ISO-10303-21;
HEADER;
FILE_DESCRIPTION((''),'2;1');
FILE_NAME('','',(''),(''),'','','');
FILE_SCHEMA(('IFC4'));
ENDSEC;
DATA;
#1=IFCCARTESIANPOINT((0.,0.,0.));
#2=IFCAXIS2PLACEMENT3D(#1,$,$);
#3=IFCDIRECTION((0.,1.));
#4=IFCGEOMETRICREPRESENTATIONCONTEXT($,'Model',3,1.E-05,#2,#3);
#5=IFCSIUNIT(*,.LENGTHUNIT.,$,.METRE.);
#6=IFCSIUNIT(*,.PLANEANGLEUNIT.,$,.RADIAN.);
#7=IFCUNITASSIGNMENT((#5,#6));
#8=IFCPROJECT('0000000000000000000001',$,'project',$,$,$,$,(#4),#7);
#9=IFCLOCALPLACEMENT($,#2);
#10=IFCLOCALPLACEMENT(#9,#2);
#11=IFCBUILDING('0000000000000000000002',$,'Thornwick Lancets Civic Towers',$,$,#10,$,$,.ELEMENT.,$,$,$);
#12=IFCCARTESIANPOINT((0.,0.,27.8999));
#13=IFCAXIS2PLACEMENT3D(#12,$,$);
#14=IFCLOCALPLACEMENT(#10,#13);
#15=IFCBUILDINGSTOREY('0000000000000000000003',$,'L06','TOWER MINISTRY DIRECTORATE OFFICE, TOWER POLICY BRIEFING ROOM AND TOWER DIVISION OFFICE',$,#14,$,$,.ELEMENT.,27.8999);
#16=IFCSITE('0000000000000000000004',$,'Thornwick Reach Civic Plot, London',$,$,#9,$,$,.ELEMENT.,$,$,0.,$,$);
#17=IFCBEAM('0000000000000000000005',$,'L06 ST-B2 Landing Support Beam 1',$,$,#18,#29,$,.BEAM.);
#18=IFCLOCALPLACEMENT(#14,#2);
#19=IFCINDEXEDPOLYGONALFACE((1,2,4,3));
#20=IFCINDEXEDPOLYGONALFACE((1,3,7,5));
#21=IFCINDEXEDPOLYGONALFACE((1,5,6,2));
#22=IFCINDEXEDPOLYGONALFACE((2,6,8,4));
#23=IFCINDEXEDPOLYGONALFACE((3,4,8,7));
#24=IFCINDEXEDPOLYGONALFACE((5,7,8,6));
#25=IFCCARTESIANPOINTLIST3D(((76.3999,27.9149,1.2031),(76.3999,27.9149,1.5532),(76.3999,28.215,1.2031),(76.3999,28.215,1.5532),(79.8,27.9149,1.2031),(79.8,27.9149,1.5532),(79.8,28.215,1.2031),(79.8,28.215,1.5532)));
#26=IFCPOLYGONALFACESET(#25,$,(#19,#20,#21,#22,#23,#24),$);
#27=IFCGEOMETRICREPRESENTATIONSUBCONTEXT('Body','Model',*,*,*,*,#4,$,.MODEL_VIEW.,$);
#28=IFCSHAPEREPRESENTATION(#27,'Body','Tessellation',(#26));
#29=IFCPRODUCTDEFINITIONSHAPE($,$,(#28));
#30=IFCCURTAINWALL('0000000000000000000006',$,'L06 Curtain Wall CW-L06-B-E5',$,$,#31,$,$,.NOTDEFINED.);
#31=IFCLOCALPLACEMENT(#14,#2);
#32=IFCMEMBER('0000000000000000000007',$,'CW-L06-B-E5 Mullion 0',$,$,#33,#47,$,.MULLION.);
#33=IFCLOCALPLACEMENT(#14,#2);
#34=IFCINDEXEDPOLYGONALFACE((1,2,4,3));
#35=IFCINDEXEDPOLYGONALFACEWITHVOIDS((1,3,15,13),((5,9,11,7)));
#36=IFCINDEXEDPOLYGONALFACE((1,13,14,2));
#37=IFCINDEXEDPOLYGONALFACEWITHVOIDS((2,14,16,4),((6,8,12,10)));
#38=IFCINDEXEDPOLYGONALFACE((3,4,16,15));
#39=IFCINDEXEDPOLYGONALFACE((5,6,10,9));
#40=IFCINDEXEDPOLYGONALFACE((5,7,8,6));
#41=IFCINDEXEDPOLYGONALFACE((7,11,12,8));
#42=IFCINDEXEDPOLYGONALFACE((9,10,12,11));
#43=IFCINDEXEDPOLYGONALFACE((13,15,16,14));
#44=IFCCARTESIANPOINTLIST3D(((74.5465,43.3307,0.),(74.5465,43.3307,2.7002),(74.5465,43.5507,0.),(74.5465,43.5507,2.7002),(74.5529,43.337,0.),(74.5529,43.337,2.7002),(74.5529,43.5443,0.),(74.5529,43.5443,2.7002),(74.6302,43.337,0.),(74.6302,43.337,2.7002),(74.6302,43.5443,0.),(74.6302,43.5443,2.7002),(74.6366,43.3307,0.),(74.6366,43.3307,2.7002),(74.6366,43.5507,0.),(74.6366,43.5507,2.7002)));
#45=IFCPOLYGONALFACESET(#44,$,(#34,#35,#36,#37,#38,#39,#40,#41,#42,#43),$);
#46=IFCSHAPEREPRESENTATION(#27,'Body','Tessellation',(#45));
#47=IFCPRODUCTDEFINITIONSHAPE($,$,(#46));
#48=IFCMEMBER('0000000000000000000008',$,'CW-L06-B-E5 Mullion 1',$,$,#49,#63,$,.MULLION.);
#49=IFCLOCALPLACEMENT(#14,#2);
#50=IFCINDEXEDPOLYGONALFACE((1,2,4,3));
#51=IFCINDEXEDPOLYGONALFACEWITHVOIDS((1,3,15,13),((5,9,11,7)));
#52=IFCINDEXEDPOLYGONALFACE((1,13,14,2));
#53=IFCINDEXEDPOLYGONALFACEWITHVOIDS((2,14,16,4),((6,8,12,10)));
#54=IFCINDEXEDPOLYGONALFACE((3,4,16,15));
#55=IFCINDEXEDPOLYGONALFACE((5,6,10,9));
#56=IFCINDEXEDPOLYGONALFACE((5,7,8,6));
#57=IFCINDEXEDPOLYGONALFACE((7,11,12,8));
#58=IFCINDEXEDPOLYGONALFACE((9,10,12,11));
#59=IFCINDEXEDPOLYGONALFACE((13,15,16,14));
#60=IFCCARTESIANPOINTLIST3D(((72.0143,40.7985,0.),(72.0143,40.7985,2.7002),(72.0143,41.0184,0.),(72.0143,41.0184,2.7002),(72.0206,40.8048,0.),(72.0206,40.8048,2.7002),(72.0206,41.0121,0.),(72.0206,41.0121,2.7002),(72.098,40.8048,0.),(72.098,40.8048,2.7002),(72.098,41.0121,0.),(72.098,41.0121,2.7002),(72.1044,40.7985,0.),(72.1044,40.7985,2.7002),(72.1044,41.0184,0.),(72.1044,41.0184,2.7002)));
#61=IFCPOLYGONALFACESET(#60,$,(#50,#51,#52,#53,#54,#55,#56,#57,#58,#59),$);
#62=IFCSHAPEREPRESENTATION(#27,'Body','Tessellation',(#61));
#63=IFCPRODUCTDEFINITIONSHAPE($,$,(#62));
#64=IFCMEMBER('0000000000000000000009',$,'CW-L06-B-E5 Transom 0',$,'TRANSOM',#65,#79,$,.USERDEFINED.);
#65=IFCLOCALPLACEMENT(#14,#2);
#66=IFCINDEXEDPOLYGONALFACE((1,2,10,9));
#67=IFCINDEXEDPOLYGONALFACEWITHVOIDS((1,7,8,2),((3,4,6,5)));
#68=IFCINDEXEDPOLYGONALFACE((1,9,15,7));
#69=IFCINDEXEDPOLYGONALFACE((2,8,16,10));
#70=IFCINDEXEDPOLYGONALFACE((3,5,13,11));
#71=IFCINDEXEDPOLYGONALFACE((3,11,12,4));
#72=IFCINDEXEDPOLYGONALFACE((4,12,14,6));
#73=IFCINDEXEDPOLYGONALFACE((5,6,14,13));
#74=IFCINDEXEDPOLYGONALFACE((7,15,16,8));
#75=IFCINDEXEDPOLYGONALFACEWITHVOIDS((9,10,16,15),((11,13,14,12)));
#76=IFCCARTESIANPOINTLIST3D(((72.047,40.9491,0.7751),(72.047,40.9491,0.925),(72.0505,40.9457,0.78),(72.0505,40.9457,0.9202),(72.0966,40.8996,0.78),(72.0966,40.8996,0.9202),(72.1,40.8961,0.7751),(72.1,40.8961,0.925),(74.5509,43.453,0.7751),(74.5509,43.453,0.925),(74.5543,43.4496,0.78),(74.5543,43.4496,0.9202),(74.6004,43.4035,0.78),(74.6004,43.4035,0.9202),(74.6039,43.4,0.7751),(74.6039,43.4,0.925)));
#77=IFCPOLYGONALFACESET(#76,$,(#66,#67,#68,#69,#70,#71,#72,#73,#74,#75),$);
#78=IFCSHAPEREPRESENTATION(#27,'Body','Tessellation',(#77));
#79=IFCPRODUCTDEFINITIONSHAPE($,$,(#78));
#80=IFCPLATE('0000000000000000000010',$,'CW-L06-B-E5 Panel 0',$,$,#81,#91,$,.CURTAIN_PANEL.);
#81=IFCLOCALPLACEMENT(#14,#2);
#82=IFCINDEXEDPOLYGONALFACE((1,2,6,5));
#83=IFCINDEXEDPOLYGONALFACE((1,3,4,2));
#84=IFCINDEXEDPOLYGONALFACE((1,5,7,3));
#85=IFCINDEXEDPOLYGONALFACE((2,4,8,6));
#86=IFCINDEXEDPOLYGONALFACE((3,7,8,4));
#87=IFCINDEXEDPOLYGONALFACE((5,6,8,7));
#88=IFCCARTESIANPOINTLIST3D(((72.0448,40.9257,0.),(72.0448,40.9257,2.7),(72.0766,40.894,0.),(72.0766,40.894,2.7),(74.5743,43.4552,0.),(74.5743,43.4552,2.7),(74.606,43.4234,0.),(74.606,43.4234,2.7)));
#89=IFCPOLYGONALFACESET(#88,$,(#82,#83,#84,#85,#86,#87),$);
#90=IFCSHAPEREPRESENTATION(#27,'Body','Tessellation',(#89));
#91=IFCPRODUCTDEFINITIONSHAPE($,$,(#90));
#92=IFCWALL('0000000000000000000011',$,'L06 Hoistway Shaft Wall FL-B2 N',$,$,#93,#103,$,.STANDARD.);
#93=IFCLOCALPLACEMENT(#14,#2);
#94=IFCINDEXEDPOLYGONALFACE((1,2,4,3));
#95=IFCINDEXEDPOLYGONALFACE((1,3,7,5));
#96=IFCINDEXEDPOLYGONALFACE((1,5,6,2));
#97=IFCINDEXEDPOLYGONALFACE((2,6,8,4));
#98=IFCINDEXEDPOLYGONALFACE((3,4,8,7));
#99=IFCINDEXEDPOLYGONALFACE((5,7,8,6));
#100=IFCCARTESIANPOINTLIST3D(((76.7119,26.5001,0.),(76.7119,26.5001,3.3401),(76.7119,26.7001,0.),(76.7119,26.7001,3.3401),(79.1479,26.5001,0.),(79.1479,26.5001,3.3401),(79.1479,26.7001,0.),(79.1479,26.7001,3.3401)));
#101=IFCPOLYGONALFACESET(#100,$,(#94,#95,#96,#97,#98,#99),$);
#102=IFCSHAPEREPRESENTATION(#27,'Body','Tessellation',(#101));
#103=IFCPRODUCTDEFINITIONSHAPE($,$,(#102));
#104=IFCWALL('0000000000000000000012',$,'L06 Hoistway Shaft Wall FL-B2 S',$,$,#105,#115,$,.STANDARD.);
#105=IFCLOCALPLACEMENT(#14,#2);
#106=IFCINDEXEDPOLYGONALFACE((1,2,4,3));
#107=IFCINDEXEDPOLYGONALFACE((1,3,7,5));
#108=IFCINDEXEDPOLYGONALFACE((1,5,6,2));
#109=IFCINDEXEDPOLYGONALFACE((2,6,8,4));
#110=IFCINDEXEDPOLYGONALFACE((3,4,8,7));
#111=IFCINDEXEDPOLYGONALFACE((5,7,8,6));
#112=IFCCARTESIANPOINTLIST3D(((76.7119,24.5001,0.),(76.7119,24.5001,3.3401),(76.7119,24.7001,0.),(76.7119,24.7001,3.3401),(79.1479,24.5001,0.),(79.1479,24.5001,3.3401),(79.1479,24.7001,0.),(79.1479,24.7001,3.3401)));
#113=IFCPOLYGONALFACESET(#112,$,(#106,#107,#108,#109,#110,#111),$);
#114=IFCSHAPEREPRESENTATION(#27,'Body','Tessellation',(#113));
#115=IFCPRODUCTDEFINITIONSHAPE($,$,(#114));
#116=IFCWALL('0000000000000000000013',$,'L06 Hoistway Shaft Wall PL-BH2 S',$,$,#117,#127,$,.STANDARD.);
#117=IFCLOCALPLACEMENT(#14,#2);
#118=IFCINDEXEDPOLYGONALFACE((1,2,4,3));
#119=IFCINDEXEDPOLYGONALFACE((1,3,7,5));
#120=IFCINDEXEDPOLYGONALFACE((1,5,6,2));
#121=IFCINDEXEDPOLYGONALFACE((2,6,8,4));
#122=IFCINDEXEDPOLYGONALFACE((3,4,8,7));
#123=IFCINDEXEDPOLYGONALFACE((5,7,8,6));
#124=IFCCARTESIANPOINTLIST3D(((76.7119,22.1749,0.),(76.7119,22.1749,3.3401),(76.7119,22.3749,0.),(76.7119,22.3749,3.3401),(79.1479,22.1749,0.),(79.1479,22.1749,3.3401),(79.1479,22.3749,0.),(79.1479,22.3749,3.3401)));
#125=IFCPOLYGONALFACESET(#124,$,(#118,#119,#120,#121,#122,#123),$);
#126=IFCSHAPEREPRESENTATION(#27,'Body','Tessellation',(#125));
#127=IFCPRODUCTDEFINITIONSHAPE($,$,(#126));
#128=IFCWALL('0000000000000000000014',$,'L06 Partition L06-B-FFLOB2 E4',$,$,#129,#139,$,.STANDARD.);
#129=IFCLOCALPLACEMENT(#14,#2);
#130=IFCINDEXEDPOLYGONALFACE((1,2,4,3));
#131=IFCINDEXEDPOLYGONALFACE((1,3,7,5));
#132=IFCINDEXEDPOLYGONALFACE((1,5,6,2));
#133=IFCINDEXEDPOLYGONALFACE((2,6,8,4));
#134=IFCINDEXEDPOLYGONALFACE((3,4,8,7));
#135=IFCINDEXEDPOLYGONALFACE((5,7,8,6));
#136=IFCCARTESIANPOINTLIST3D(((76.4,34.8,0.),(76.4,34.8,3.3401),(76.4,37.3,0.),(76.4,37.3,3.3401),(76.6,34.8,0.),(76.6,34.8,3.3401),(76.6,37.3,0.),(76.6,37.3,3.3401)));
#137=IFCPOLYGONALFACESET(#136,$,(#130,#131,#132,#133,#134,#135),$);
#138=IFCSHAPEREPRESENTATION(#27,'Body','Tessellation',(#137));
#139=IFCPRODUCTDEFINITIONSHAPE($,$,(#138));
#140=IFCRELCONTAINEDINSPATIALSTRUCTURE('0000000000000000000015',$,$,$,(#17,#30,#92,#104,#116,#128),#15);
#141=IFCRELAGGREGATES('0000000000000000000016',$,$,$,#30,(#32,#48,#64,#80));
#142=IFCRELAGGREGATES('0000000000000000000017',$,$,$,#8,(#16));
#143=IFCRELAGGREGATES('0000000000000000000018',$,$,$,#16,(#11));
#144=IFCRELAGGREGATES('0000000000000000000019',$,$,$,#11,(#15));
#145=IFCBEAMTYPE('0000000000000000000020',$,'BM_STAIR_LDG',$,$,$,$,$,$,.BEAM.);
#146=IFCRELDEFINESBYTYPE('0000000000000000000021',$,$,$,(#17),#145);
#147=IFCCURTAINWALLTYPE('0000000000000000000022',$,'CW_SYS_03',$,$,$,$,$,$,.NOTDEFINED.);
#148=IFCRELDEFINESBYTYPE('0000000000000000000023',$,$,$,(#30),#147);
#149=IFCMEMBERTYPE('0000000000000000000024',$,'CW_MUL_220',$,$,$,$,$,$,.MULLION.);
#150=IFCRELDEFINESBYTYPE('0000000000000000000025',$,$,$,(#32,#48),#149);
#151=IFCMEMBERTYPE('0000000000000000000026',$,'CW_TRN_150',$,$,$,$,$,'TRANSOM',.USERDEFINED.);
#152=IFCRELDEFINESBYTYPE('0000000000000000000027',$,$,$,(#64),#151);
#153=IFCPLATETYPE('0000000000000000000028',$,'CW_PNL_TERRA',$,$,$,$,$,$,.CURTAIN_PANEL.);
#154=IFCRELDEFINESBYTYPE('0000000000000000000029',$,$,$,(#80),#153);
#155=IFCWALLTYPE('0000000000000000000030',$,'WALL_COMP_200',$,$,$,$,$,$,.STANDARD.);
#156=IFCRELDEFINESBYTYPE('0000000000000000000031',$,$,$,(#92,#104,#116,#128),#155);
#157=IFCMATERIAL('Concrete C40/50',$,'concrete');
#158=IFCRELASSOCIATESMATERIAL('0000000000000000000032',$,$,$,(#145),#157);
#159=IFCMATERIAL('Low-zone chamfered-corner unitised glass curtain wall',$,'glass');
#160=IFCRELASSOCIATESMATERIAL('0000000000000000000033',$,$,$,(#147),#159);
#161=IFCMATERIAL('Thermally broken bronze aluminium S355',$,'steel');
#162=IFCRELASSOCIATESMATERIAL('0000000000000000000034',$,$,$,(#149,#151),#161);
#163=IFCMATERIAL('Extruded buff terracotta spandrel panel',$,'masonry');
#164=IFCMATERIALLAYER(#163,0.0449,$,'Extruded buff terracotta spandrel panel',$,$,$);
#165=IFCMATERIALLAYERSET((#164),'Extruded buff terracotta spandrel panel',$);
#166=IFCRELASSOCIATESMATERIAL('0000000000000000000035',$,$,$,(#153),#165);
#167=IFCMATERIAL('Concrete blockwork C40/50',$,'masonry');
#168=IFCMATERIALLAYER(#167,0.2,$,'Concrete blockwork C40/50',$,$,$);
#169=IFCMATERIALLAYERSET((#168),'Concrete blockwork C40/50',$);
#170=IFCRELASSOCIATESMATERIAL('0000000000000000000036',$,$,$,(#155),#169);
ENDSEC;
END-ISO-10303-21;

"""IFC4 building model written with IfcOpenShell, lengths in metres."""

from ifc_helpers import new_model, si_unit, direction, frame, frame_2d, origin, origin_2d, place, context, subcontext, project, spatial, rectangle, hollow_rectangle, extrude, material, layer, layer_set, material_profile, profile_set, type_object, element, aggregate, save


model = new_model("IFC4")

# Units and contexts
model_context = context("Model", 3, precision=1e-05, world=origin(), true_north=direction((0.0, 1.0)))
body_context = subcontext(model_context, "Body", "Model", "MODEL_VIEW")
ifc_project = project(units=[si_unit("LENGTHUNIT", "METRE"), si_unit("PLANEANGLEUNIT", "RADIAN")], contexts=[model_context])

# Site, building, storey
site_placement = place(None, origin())
site = spatial("IfcSite", under=ifc_project, at=site_placement, Name="Thornwick Reach Civic Plot, London", CompositionType="ELEMENT", RefElevation=0.0)
building_placement = place(site_placement, origin())
building = spatial("IfcBuilding", under=site, at=building_placement, Name="Thornwick Lancets Civic Towers", CompositionType="ELEMENT")
storey_placement = place(building_placement, frame((0.0, 0.0, 27.8999)))
storey = spatial("IfcBuildingStorey", under=building, at=storey_placement, Name="L06", Description="TOWER MINISTRY DIRECTORATE OFFICE, TOWER POLICY BRIEFING ROOM AND TOWER DIVISION OFFICE", CompositionType="ELEMENT", Elevation=27.8999)

# Beam
ifc_material_1 = material(Name="Concrete C40/50", Category="concrete")
ifc_material_profile_1 = material_profile(ifc_material_1, rectangle(XDim=0.3, YDim=0.3501, at=origin_2d()), Name="RC 300x350")
ifc_profile_set_1 = profile_set([ifc_material_profile_1], Name="Concrete C40/50")
beam_type_1 = type_object("IfcBeamType", Name="BM_STAIR_LDG", PredefinedType="BEAM", material=ifc_profile_set_1)
beam_1_placement = place(storey_placement, frame((76.3999, 28.0649, 1.3782), z_axis=(1.0, 0.0, 0.0), x_axis=(0.0, 1.0, 0.0)))
element("IfcBeam", 1, at=beam_1_placement, inside=storey, type_object=beam_type_1, Name="L06 ST-B2 Landing Support Beam 1", PredefinedType="BEAM", context=body_context, shape_type="SweptSolid", body=[
    extrude(rectangle(XDim=0.3, YDim=0.3501, at=origin_2d()), origin(), (0.0, 0.0, 1.0), 3.4001),
])

# Curtain wall, members, plate
ifc_material_2 = material(Name="Low-zone chamfered-corner unitised glass curtain wall", Category="glass")
curtain_wall_type = type_object("IfcCurtainWallType", Name="CW_SYS_03", PredefinedType="NOTDEFINED", material=ifc_material_2)
curtain_wall_placement = place(storey_placement, origin())
curtain_wall = element("IfcCurtainWall", 2, at=curtain_wall_placement, inside=storey, type_object=curtain_wall_type, Name="L06 Curtain Wall CW-L06-B-E5", PredefinedType="NOTDEFINED")
ifc_material_3 = material(Name="Thermally broken bronze aluminium S355", Category="steel")
ifc_material_profile_2 = material_profile(ifc_material_3, hollow_rectangle(XDim=0.0901, YDim=0.22, WallThickness=0.0063, at=origin_2d()), Name="RHS 220x90x6.3")
ifc_profile_set_2 = profile_set([ifc_material_profile_2], Name="Thermally broken bronze aluminium S355")
member_type_1 = type_object("IfcMemberType", Name="CW_MUL_220", PredefinedType="MULLION", material=ifc_profile_set_2)
member_1_placement = place(storey_placement, frame((74.5916, 43.4407, 0.0), z_axis=(0.0, 0.0, 1.0), x_axis=(1.0, 0.0, 0.0)))
member_1 = element("IfcMember", 3, at=member_1_placement, type_object=member_type_1, Name="CW-L06-B-E5 Mullion 0", PredefinedType="MULLION", context=body_context, shape_type="SweptSolid", body=[
    extrude(hollow_rectangle(XDim=0.0901, YDim=0.22, WallThickness=0.0063, at=origin_2d()), origin(), (0.0, 0.0, 1.0), 2.7002),
])
member_2_placement = place(storey_placement, frame((72.0593, 40.9084, 0.0), z_axis=(0.0, 0.0, 1.0), x_axis=(1.0, 0.0, 0.0)))
member_2 = element("IfcMember", 4, at=member_2_placement, type_object=member_type_1, Name="CW-L06-B-E5 Mullion 1", PredefinedType="MULLION", context=body_context, shape_type="SweptSolid", body=[
    extrude(hollow_rectangle(XDim=0.0901, YDim=0.22, WallThickness=0.0063, at=origin_2d()), origin(), (0.0, 0.0, 1.0), 2.7002),
])
ifc_material_profile_3 = material_profile(ifc_material_3, hollow_rectangle(XDim=0.075, YDim=0.1499, WallThickness=0.0049, at=origin_2d()), Name="RHS 150x75x5")
ifc_profile_set_3 = profile_set([ifc_material_profile_3], Name="Thermally broken bronze aluminium S355")
member_type_2 = type_object("IfcMemberType", Name="CW_TRN_150", ElementType="TRANSOM", PredefinedType="USERDEFINED", material=ifc_profile_set_3)
member_3_placement = place(storey_placement, frame((74.5774, 43.4265, 0.8501), z_axis=(-0.707107, -0.707107, 0.0), x_axis=(0.707107, -0.707107, 0.0)))
member_3 = element("IfcMember", 5, at=member_3_placement, type_object=member_type_2, Name="CW-L06-B-E5 Transom 0", ObjectType="TRANSOM", PredefinedType="USERDEFINED", context=body_context, shape_type="SweptSolid", body=[
    extrude(hollow_rectangle(XDim=0.075, YDim=0.1499, WallThickness=0.0049, at=origin_2d()), origin(), (0.0, 0.0, 1.0), 3.541),
])
ifc_material_4 = material(Name="Extruded buff terracotta spandrel panel", Category="masonry")
ifc_layer_1 = layer(ifc_material_4, 0.0449, Name="Extruded buff terracotta spandrel panel")
ifc_layer_set_1 = layer_set([ifc_layer_1], Name="Extruded buff terracotta spandrel panel")
plate_type = type_object("IfcPlateType", Name="CW_PNL_TERRA", PredefinedType="CURTAIN_PANEL", material=ifc_layer_set_1)
plate_placement = place(storey_placement, frame((73.3254, 42.1746, 0.0), z_axis=(0.0, 0.0, 1.0), x_axis=(-0.707107, -0.707107, 0.0)))
plate = element("IfcPlate", 6, at=plate_placement, type_object=plate_type, Name="CW-L06-B-E5 Panel 0", PredefinedType="CURTAIN_PANEL", context=body_context, shape_type="SweptSolid", body=[
    extrude(rectangle(XDim=3.5771, YDim=0.0449, at=origin_2d()), origin(), (0.0, 0.0, 1.0), 2.7),
])
aggregate(curtain_wall, [member_1, member_2, member_3, plate])

# Walls
ifc_material_5 = material(Name="Concrete blockwork C40/50", Category="masonry")
ifc_layer_2 = layer(ifc_material_5, 0.2, Name="Concrete blockwork C40/50")
ifc_layer_set_2 = layer_set([ifc_layer_2], Name="Concrete blockwork C40/50")
wall_type_1 = type_object("IfcWallType", Name="WALL_COMP_200", PredefinedType="STANDARD", material=ifc_layer_set_2)
for number, where, z_axis, x_axis, name in (
    (7, (76.7119, 26.6001, 0.0), (0.0, 0.0, 1.0), (1.0, 0.0, 0.0), "L06 Hoistway Shaft Wall FL-B2 N"),
    (8, (76.7119, 24.6001, 0.0), (0.0, 0.0, 1.0), (1.0, 0.0, 0.0), "L06 Hoistway Shaft Wall FL-B2 S"),
    (9, (76.7119, 22.2749, 0.0), (0.0, 0.0, 1.0), (1.0, 0.0, 0.0), "L06 Hoistway Shaft Wall PL-BH2 S"),
):
    element("IfcWall", number, at=place(storey_placement, frame(where, z_axis=z_axis, x_axis=x_axis)), inside=storey, type_object=wall_type_1, Name=name, PredefinedType="STANDARD", context=body_context, shape_type="SweptSolid", body=[
        extrude(rectangle(XDim=2.436, YDim=0.2, at=frame_2d((1.218, 0.0))), origin(), (0.0, 0.0, 1.0), 3.3401),
    ])
wall_1_placement = place(storey_placement, frame((76.5, 37.3, 0.0), z_axis=(0.0, 0.0, 1.0), x_axis=(0.0, -1.0, 0.0)))
element("IfcWall", 10, at=wall_1_placement, inside=storey, type_object=wall_type_1, Name="L06 Partition L06-B-FFLOB2 E4", PredefinedType="STANDARD", context=body_context, shape_type="SweptSolid", body=[
    extrude(rectangle(XDim=2.5, YDim=0.2, at=frame_2d((1.25, 0.0))), origin(), (0.0, 0.0, 1.0), 3.3401),
])

save(model, "model.ifc")
